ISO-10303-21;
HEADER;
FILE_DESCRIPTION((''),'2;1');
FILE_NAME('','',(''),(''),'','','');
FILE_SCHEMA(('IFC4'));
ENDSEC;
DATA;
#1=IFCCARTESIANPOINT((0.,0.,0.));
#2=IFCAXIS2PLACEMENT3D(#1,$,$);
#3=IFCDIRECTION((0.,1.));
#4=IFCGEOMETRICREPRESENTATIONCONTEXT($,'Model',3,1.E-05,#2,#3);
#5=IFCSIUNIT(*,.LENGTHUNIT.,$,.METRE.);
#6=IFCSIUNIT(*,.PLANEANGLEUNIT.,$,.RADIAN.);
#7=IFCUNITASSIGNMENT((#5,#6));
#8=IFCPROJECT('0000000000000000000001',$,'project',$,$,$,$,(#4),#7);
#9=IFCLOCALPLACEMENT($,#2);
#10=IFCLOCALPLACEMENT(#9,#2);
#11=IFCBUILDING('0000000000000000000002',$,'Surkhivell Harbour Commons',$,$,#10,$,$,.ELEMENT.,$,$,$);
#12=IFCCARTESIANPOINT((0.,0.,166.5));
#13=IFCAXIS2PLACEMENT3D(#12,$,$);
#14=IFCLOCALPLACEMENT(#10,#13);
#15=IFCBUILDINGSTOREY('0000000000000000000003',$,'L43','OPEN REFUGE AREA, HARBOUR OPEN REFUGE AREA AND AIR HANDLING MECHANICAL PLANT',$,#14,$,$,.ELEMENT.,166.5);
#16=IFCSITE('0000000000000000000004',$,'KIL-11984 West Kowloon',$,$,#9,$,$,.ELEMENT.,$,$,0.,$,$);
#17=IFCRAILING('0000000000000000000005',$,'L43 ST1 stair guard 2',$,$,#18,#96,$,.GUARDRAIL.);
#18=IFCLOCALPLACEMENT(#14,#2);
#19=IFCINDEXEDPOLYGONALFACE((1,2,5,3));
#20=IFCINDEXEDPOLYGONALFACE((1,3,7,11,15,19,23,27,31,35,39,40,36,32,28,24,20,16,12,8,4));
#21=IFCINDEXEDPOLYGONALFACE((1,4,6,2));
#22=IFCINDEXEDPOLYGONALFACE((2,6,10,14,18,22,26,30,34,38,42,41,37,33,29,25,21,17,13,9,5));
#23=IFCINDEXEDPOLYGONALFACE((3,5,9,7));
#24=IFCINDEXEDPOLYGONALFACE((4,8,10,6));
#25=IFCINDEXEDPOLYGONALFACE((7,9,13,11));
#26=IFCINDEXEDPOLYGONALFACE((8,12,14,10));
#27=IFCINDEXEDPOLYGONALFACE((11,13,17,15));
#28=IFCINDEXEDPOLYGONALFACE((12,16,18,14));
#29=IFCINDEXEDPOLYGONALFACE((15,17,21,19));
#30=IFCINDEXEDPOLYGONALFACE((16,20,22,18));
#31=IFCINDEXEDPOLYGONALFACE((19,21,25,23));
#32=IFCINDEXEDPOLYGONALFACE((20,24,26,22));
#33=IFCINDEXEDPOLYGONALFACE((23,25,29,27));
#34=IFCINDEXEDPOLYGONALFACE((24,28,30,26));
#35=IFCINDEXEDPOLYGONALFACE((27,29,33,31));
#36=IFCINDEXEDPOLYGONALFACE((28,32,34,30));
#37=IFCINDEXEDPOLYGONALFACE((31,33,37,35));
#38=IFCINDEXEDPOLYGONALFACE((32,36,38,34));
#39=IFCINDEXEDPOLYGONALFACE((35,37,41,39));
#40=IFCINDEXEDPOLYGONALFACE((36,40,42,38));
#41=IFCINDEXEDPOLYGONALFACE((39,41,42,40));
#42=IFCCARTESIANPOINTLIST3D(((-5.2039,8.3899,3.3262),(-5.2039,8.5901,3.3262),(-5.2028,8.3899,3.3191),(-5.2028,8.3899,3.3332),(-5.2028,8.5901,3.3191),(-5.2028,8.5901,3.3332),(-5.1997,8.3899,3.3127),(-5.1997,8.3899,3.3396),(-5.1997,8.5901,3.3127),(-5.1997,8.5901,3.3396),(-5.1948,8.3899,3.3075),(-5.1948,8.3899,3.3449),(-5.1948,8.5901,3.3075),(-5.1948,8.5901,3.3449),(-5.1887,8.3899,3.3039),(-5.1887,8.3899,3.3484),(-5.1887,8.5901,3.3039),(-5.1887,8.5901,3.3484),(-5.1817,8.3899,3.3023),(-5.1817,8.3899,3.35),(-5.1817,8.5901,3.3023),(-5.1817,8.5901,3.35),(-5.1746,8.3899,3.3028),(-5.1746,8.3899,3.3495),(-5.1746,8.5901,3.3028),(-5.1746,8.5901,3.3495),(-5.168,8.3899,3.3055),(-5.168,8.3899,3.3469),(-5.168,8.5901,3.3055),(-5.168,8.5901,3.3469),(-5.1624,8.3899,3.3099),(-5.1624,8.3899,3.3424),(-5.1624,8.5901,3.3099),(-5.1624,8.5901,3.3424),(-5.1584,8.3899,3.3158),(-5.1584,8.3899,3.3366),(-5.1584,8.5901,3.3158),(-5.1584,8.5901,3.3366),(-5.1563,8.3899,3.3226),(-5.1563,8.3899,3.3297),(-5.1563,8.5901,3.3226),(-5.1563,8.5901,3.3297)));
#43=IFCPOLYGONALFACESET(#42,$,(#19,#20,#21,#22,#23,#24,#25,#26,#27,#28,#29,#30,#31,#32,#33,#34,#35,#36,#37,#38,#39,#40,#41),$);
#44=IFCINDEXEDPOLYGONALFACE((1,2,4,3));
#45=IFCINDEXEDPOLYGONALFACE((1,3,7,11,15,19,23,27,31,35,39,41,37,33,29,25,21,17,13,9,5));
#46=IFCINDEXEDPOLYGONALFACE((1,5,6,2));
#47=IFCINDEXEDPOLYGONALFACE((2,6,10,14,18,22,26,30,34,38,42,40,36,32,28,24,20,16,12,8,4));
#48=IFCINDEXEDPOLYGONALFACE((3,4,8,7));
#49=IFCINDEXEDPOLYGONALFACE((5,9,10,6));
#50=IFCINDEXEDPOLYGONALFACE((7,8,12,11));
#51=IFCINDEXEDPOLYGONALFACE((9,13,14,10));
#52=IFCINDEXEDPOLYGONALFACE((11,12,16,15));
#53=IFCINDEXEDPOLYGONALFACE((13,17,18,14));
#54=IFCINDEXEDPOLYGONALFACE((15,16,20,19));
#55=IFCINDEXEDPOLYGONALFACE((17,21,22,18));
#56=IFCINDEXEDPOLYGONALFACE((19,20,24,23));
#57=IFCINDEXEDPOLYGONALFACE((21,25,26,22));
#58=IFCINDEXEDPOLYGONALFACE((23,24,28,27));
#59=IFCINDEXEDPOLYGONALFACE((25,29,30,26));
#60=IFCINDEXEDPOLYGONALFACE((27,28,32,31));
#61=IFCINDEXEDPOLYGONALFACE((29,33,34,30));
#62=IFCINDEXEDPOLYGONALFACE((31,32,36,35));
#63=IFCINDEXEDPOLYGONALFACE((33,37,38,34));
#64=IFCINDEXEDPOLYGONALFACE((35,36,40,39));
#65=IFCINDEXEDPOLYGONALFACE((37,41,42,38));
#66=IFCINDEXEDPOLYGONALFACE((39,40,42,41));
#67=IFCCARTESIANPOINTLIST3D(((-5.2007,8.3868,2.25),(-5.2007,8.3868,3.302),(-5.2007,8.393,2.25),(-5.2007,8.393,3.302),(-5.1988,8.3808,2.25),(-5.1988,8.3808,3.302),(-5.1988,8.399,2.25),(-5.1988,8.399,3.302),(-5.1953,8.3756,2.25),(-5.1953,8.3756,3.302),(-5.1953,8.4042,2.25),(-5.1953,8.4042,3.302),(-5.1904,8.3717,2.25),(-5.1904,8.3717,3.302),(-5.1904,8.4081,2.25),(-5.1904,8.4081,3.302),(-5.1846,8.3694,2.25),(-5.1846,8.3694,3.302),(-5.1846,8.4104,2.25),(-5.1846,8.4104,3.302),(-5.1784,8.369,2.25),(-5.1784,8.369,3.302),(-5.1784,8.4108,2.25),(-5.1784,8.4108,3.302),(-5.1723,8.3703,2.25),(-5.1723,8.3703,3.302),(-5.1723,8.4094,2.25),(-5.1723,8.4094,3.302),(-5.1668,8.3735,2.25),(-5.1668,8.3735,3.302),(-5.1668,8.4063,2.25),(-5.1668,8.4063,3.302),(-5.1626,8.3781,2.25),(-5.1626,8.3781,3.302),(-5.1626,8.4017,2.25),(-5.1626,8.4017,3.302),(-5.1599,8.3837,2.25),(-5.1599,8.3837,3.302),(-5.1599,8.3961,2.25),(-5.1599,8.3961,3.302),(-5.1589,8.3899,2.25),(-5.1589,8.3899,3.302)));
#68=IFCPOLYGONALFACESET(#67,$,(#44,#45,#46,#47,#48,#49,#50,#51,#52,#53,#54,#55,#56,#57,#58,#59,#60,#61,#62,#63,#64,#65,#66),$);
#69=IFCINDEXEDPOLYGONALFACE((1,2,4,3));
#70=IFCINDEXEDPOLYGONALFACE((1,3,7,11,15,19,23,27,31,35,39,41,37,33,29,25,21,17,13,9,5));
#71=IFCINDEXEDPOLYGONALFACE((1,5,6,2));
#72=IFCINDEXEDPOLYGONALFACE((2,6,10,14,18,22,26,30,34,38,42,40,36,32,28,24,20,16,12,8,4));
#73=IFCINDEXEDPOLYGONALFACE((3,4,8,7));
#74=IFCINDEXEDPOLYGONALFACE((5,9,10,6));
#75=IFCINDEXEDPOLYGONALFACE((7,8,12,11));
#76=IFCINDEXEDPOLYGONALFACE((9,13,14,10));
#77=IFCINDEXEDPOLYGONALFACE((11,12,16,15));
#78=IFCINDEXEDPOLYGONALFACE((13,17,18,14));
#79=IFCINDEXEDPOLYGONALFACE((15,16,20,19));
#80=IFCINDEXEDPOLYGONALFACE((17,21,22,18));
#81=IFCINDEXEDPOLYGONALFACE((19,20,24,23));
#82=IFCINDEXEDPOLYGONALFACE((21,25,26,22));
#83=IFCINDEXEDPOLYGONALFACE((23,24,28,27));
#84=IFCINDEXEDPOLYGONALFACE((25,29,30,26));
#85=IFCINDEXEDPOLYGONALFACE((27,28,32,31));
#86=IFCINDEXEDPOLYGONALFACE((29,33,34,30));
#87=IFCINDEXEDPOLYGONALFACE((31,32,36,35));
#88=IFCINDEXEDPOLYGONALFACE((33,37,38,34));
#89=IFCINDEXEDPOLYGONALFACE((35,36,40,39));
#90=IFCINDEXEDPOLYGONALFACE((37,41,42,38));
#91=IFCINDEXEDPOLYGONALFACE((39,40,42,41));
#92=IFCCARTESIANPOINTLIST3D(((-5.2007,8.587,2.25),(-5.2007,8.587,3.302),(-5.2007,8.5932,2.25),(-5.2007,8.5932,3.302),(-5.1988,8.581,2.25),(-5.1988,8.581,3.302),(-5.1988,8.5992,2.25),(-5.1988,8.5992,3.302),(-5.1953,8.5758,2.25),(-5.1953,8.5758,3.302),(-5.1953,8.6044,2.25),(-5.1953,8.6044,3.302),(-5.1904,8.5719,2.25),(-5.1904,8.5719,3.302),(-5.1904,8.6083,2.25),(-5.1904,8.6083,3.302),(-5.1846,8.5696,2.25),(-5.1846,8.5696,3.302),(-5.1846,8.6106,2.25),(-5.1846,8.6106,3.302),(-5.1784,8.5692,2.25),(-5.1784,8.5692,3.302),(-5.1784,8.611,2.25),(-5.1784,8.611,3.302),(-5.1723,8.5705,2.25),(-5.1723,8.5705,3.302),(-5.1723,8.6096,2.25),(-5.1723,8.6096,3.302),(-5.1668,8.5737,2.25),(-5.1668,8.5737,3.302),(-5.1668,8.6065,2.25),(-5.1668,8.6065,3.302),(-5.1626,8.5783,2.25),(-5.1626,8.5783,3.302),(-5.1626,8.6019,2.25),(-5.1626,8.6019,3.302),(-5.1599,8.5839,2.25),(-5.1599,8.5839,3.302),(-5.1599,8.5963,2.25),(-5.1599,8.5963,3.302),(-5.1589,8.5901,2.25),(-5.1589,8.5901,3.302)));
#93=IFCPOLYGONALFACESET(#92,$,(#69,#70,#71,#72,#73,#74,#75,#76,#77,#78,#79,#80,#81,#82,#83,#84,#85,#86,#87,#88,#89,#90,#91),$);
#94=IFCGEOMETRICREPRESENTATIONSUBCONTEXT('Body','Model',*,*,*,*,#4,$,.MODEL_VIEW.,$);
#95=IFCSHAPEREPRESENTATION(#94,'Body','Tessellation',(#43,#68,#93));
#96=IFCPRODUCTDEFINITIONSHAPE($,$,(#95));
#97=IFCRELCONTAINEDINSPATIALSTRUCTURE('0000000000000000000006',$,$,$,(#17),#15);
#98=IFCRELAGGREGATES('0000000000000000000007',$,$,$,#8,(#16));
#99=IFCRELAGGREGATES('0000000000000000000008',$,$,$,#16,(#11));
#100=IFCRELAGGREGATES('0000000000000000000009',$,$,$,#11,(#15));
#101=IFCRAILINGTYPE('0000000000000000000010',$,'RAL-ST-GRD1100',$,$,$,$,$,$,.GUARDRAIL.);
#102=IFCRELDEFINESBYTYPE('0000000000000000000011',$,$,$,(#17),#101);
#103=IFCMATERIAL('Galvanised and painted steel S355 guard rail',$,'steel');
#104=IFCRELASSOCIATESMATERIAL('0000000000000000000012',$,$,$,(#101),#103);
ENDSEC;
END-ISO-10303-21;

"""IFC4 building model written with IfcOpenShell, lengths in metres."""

from ifc_helpers import new_model, si_unit, direction, frame, origin, origin_2d, place, context, subcontext, project, spatial, circle, extrude, material, type_object, element, save


model = new_model("IFC4")

# Units and contexts
model_context = context("Model", 3, precision=1e-05, world=origin(), true_north=direction((0.0, 1.0)))
body_context = subcontext(model_context, "Body", "Model", "MODEL_VIEW")
ifc_project = project(units=[si_unit("LENGTHUNIT", "METRE"), si_unit("PLANEANGLEUNIT", "RADIAN")], contexts=[model_context])

# Site, building, storey
site_placement = place(None, origin())
site = spatial("IfcSite", under=ifc_project, at=site_placement, Name="KIL-11984 West Kowloon", CompositionType="ELEMENT", RefElevation=0.0)
building_placement = place(site_placement, origin())
building = spatial("IfcBuilding", under=site, at=building_placement, Name="Surkhivell Harbour Commons", CompositionType="ELEMENT")
storey_placement = place(building_placement, frame((0.0, 0.0, 166.5)))
storey = spatial("IfcBuildingStorey", under=building, at=storey_placement, Name="L43", Description="OPEN REFUGE AREA, HARBOUR OPEN REFUGE AREA AND AIR HANDLING MECHANICAL PLANT", CompositionType="ELEMENT", Elevation=166.5)

# Railing
ifc_material_1 = material(Name="Galvanised and painted steel S355 guard rail", Category="steel")
railing_type_1 = type_object("IfcRailingType", Name="RAL-ST-GRD1100", PredefinedType="GUARDRAIL", material=ifc_material_1)
railing_1_placement = place(storey_placement, frame((-5.1799, 8.3899, 2.25)))
element("IfcRailing", 1, at=railing_1_placement, inside=storey, type_object=railing_type_1, Name="L43 ST1 stair guard 2", PredefinedType="GUARDRAIL", context=body_context, shape_type="SweptSolid", body=[
    extrude(circle(Radius=0.0239, at=origin_2d()), frame((0.0, 0.0, 1.0762), z_axis=(0.0, 1.0, 0.0), x_axis=(-1.0, 0.0, 0.0)), (0.0, 0.0, 1.0), 0.2002),
    extrude(circle(Radius=0.021, at=origin_2d()), origin(), (0.0, 0.0, 1.0), 1.052),
    extrude(circle(Radius=0.021, at=origin_2d()), frame((0.0, 0.2002, 0.0)), (0.0, 0.0, 1.0), 1.052),
])

save(model, "model.ifc")
